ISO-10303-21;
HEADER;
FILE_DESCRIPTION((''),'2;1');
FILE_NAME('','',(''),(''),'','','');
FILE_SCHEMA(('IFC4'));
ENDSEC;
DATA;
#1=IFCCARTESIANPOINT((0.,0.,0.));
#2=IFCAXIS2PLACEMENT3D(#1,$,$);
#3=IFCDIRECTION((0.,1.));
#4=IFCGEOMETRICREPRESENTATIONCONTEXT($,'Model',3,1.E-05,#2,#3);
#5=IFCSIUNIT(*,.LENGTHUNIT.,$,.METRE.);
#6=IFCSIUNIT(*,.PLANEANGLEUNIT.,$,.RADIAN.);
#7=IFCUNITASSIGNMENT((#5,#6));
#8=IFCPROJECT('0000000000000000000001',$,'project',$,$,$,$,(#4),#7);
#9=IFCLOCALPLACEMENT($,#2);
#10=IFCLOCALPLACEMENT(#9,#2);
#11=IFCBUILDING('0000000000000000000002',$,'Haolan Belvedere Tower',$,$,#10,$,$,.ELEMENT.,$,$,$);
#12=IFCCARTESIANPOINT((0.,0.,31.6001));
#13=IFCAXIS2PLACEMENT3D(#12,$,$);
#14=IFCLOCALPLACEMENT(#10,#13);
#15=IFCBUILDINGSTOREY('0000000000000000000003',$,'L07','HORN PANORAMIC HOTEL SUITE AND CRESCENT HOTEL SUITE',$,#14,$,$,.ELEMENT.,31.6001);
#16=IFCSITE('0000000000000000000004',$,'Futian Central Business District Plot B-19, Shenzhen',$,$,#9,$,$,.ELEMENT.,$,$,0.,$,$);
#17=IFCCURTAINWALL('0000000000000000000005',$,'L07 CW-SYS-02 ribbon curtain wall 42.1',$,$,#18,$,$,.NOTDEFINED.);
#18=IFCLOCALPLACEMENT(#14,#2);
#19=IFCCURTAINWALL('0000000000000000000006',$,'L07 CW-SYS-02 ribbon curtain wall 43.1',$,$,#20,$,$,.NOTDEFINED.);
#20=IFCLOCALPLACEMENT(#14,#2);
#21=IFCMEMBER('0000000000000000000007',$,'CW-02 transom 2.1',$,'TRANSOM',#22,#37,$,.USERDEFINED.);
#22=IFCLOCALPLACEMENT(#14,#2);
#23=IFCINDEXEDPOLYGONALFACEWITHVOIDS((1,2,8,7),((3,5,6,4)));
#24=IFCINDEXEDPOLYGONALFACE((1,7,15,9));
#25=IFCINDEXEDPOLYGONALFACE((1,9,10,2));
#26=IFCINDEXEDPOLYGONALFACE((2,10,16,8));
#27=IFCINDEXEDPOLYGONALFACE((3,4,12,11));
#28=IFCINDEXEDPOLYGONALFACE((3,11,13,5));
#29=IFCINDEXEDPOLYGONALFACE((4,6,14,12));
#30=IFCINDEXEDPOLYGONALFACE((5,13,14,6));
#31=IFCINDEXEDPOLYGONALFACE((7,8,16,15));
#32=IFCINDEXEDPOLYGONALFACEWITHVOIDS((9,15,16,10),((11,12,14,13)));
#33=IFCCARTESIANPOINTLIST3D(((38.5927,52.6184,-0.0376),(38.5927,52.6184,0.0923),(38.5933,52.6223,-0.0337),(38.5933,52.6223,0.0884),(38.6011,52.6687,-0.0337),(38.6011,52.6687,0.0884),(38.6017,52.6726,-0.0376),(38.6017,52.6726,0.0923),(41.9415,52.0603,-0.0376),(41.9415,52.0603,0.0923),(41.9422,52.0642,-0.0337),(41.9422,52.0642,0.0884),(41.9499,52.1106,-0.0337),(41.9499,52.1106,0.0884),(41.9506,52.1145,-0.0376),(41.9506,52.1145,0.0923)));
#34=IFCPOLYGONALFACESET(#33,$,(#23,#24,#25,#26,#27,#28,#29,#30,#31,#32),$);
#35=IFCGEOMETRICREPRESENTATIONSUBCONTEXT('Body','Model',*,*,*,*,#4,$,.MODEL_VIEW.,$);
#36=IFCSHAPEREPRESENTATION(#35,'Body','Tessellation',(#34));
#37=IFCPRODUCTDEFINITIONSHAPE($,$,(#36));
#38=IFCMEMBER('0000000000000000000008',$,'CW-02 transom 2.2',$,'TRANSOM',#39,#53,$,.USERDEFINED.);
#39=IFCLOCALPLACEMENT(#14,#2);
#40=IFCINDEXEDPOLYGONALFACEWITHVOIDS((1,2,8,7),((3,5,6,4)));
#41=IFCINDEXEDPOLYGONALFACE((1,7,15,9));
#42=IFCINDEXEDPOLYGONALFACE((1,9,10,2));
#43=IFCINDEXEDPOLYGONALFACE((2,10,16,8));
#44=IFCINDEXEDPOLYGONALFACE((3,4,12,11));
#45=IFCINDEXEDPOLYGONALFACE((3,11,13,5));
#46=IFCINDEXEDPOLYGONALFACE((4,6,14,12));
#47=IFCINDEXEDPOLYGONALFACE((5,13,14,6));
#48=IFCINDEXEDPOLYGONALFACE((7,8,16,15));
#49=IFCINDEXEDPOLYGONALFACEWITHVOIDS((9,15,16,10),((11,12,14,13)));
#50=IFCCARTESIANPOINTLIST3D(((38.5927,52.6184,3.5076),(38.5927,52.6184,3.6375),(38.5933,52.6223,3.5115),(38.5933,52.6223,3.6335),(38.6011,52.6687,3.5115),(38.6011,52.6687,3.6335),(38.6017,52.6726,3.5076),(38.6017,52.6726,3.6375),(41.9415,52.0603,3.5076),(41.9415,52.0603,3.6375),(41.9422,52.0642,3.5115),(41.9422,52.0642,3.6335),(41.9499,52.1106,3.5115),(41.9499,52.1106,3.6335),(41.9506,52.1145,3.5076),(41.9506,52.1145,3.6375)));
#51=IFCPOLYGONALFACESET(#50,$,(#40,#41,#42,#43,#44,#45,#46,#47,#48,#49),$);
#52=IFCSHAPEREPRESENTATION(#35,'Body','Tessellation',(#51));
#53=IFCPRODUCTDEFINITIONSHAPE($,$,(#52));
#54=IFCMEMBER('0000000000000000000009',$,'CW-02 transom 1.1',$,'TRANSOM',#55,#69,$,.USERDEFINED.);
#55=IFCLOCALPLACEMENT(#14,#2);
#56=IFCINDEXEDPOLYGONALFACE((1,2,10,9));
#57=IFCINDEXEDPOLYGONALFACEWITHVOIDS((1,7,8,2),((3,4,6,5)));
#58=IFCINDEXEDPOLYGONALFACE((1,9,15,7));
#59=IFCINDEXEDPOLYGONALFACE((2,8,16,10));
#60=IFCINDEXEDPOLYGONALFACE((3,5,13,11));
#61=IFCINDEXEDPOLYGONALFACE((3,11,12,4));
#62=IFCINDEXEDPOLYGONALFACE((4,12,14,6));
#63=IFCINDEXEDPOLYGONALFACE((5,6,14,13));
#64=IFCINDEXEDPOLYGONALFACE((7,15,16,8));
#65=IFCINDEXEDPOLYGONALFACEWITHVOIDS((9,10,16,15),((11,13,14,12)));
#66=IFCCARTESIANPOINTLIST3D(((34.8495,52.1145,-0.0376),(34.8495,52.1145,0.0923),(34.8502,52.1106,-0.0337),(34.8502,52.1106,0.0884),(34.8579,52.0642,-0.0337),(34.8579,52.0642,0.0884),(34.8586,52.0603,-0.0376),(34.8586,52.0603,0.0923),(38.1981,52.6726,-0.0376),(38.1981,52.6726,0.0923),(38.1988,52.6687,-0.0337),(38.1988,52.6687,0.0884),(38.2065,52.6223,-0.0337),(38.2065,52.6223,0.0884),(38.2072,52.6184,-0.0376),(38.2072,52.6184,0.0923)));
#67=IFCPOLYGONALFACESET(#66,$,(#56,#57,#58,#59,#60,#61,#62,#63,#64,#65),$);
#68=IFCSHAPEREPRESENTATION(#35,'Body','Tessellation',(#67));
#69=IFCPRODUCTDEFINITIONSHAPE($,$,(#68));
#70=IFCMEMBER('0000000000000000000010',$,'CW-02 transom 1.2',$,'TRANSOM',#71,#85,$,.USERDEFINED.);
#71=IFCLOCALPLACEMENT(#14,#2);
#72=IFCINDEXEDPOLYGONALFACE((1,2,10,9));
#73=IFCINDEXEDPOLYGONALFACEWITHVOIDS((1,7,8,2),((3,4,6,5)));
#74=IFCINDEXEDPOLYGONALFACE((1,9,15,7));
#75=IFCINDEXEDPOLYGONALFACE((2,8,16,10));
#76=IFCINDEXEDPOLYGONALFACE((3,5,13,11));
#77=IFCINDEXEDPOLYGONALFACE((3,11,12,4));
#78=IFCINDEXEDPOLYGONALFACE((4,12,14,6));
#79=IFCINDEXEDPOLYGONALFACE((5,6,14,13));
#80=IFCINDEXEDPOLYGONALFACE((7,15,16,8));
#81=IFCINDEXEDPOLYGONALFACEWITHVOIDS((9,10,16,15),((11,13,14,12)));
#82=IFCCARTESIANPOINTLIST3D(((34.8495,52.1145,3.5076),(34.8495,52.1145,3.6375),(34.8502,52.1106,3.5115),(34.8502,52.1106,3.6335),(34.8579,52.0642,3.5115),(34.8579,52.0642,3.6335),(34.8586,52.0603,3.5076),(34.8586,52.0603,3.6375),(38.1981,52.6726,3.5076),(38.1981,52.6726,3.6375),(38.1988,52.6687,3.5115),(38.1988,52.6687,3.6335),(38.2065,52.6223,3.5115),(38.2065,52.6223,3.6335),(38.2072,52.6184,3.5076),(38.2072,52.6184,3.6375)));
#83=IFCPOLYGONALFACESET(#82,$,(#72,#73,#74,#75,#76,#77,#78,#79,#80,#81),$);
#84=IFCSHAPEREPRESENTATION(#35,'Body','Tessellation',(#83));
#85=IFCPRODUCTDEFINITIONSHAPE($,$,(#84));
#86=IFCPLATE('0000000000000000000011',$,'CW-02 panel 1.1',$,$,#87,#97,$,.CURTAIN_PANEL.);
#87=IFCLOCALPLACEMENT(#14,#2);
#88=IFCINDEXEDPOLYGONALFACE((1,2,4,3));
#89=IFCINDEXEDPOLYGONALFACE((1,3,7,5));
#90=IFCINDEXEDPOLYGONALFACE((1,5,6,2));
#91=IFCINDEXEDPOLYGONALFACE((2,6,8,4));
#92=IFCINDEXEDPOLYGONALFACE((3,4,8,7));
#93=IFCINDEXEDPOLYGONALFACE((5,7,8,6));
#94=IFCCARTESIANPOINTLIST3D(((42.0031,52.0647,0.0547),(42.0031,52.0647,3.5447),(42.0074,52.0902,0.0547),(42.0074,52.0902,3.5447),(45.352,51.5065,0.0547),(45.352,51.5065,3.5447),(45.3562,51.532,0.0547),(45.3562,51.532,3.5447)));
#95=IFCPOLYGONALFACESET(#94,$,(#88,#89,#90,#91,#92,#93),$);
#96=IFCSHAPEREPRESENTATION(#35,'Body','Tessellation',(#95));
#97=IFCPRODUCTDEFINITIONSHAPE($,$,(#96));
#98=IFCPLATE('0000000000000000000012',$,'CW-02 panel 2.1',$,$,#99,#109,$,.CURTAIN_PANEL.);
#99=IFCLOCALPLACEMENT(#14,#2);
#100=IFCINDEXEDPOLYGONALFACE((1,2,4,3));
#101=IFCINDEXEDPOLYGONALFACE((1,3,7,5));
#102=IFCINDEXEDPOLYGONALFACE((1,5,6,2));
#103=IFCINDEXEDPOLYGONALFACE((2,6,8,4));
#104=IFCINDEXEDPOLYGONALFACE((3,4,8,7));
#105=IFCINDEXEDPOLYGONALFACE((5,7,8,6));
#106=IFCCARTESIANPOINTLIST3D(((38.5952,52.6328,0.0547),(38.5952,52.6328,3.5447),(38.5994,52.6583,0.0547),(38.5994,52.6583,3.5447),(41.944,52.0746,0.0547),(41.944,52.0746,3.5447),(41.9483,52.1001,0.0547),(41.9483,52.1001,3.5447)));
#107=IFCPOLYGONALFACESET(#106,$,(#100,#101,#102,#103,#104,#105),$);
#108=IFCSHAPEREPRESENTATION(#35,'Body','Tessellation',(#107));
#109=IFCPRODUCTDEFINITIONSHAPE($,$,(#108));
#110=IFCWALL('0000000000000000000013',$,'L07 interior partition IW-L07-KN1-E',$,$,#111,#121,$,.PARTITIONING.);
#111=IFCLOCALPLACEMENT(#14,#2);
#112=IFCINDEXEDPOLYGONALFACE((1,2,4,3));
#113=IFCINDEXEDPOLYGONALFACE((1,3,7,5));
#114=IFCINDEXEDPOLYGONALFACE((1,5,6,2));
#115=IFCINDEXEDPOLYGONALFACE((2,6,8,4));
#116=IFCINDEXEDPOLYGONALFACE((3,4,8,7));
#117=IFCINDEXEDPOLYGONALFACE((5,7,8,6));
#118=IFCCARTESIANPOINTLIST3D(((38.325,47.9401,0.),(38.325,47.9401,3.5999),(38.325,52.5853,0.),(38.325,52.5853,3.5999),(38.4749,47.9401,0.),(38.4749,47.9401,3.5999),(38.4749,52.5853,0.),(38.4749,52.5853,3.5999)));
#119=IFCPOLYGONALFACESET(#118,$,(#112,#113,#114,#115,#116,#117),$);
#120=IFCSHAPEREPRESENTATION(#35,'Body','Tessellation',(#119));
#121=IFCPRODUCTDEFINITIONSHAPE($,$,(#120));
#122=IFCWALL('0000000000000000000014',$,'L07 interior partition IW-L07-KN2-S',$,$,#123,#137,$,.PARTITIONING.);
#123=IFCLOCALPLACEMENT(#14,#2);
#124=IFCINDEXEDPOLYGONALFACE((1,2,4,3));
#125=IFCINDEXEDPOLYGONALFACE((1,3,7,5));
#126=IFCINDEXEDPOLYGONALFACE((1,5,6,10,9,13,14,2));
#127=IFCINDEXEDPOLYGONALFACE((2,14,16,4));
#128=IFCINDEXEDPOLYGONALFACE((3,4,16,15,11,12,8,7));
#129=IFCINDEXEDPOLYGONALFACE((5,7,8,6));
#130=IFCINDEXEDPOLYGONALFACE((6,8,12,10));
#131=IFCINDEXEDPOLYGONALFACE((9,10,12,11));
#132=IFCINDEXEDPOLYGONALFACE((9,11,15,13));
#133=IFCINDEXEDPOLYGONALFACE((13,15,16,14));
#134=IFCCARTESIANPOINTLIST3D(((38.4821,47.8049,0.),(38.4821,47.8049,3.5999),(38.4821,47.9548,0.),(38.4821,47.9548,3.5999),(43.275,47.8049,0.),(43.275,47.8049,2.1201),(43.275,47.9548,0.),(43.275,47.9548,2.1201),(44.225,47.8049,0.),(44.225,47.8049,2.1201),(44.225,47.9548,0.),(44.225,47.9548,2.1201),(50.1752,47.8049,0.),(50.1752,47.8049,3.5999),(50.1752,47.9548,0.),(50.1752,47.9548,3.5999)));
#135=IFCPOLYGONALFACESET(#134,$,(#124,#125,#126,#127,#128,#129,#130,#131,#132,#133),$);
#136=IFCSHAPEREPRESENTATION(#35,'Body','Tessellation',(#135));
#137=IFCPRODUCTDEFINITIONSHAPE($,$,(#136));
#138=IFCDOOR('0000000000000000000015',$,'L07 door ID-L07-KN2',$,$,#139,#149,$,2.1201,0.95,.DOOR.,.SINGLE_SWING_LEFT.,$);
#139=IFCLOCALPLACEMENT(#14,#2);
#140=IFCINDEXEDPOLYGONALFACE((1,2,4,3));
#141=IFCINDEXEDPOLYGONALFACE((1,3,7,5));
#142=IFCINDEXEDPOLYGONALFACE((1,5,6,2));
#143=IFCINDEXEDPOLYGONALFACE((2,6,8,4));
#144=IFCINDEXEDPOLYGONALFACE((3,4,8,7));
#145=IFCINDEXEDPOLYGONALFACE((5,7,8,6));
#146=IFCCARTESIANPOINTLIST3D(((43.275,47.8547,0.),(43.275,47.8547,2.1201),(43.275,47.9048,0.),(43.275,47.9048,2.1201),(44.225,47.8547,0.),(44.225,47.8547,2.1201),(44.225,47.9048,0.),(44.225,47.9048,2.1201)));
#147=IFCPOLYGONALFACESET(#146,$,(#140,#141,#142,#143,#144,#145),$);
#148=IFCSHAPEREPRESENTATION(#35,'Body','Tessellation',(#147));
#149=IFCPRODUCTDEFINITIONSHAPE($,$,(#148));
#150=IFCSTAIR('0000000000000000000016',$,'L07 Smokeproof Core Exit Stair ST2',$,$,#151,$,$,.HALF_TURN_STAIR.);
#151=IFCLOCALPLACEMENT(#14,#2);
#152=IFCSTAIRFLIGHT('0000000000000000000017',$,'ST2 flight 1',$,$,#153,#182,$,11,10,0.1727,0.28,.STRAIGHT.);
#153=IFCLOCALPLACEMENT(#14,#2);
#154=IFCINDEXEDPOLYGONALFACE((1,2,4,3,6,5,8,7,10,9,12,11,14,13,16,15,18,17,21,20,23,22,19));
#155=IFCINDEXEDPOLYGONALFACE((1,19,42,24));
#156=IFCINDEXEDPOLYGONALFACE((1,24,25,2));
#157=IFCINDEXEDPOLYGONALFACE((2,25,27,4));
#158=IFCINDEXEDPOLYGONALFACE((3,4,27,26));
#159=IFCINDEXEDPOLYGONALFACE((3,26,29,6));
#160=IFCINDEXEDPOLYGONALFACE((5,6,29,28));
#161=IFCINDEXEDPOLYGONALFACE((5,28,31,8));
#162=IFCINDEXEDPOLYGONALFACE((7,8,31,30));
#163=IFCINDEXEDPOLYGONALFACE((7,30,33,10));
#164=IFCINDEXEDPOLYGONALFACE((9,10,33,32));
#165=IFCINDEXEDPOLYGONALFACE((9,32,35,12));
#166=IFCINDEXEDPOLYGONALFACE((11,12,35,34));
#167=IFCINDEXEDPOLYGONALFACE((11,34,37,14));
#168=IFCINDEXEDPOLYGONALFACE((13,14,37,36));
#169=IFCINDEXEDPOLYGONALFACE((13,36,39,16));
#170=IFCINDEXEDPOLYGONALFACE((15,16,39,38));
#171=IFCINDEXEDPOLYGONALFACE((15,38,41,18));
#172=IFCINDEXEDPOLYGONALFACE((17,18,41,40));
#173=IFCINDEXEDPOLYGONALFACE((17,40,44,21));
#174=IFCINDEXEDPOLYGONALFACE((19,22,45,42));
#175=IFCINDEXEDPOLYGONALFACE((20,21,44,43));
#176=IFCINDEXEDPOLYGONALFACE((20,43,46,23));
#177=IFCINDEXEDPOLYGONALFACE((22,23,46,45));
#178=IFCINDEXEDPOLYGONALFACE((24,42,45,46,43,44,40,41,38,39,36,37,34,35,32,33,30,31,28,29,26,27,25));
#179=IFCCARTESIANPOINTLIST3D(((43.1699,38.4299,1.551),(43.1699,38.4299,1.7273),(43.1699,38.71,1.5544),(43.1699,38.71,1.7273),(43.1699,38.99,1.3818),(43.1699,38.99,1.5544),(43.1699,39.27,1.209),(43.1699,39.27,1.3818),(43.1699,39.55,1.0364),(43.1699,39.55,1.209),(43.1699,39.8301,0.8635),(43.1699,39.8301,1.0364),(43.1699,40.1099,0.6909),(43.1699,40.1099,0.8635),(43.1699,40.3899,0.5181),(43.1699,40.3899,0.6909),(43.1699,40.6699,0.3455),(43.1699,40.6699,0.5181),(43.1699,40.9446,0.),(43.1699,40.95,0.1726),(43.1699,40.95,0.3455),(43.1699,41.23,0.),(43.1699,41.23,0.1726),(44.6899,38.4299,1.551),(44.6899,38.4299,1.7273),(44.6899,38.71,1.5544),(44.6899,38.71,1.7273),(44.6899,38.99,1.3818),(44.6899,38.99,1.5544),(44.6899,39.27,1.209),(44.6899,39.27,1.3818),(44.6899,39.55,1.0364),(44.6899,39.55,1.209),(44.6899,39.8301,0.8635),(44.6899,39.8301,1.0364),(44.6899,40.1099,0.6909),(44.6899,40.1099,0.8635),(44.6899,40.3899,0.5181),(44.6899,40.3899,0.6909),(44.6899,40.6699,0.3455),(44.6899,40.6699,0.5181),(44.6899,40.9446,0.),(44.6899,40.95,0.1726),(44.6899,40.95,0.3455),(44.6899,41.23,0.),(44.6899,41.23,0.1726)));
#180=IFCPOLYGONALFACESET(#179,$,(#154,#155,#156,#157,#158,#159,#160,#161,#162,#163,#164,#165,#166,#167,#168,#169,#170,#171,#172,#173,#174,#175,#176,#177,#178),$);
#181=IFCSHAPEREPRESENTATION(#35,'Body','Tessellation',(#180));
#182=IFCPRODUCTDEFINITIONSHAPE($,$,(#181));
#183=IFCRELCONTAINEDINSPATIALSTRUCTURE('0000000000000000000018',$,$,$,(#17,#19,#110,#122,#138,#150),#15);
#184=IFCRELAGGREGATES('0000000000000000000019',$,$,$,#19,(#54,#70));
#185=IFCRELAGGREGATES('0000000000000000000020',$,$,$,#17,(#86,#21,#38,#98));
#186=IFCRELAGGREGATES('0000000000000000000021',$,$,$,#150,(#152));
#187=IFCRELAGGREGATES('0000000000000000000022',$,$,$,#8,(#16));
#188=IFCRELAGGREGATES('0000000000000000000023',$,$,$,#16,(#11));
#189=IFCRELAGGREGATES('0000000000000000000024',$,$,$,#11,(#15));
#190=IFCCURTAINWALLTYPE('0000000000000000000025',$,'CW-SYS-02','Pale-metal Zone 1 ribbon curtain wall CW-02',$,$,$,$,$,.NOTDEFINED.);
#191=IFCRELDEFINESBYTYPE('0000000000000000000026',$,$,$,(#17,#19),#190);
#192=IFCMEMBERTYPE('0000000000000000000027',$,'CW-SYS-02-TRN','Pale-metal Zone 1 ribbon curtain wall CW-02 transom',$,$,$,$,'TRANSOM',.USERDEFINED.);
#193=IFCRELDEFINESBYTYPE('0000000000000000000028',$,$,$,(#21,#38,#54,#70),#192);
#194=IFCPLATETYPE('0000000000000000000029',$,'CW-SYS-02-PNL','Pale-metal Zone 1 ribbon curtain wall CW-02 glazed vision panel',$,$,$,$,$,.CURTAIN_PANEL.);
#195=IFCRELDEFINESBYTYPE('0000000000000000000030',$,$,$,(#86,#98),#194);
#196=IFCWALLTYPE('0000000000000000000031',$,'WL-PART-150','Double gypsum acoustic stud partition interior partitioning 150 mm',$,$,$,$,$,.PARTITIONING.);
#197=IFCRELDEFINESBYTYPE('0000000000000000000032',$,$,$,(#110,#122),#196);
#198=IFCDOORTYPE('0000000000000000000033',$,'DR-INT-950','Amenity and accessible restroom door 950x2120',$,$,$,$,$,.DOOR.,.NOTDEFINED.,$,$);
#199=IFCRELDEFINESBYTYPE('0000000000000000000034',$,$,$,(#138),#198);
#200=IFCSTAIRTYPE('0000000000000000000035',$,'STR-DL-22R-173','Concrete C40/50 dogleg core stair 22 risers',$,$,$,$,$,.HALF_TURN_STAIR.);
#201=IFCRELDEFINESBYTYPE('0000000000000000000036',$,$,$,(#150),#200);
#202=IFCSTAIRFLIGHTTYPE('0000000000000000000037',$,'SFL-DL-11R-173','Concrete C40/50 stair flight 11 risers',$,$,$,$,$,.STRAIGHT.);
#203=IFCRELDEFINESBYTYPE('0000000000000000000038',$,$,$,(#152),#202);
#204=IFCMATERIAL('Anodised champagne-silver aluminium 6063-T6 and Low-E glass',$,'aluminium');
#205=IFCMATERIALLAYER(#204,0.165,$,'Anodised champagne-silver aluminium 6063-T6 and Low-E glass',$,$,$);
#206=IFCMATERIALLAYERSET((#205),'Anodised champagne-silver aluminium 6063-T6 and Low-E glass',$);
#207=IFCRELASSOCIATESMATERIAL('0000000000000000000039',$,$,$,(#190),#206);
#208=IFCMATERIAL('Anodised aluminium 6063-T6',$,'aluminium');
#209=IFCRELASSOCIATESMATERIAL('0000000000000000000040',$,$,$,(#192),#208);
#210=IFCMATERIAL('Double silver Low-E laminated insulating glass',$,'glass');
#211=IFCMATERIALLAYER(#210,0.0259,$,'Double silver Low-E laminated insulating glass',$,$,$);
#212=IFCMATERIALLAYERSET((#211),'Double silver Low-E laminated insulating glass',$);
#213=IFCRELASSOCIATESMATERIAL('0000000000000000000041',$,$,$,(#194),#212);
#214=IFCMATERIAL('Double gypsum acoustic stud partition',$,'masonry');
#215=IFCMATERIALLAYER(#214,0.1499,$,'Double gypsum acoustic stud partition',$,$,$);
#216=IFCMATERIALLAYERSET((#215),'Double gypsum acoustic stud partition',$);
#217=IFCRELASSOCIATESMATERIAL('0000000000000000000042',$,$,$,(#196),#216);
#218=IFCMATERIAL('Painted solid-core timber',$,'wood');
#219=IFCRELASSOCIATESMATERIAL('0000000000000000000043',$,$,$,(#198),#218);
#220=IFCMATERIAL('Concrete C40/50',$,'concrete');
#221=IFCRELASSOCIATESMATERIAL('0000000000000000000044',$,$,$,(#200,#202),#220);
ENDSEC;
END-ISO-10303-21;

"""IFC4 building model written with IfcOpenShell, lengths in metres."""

from ifc_helpers import new_model, si_unit, direction, frame, frame_2d, origin, origin_2d, place, context, subcontext, project, spatial, polyline, rectangle, hollow_rectangle, outline, extrude, material, layer, layer_set, material_profile, profile_set, type_object, element, fill, aggregate, save


model = new_model("IFC4")

# Units and contexts
model_context = context("Model", 3, precision=1e-05, world=origin(), true_north=direction((0.0, 1.0)))
body_context = subcontext(model_context, "Body", "Model", "MODEL_VIEW")
ifc_project = project(units=[si_unit("LENGTHUNIT", "METRE"), si_unit("PLANEANGLEUNIT", "RADIAN")], contexts=[model_context])

# Site, building, storey
site_placement = place(None, origin())
site = spatial("IfcSite", under=ifc_project, at=site_placement, Name="Futian Central Business District Plot B-19, Shenzhen", CompositionType="ELEMENT", RefElevation=0.0)
building_placement = place(site_placement, origin())
building = spatial("IfcBuilding", under=site, at=building_placement, Name="Haolan Belvedere Tower", CompositionType="ELEMENT")
storey_placement = place(building_placement, frame((0.0, 0.0, 31.6001)))
storey = spatial("IfcBuildingStorey", under=building, at=storey_placement, Name="L07", Description="HORN PANORAMIC HOTEL SUITE AND CRESCENT HOTEL SUITE", CompositionType="ELEMENT", Elevation=31.6001)

# Curtain wall
ifc_material_1 = material(Name="Anodised champagne-silver aluminium 6063-T6 and Low-E glass", Category="aluminium")
ifc_layer_1 = layer(ifc_material_1, 0.165, Name="Anodised champagne-silver aluminium 6063-T6 and Low-E glass")
ifc_layer_set_1 = layer_set([ifc_layer_1], Name="Anodised champagne-silver aluminium 6063-T6 and Low-E glass")
curtain_wall_type = type_object("IfcCurtainWallType", Name="CW-SYS-02", Description="Pale-metal Zone 1 ribbon curtain wall CW-02", PredefinedType="NOTDEFINED", material=ifc_layer_set_1)
curtain_wall_1_placement = place(storey_placement, origin())
curtain_wall_1 = element("IfcCurtainWall", 1, at=curtain_wall_1_placement, inside=storey, type_object=curtain_wall_type, Name="L07 CW-SYS-02 ribbon curtain wall 42.1", PredefinedType="NOTDEFINED")
ifc_material_2 = material(Name="Anodised aluminium 6063-T6", Category="aluminium")

# Curtain wall
curtain_wall_2_placement = place(storey_placement, origin())
curtain_wall_2 = element("IfcCurtainWall", 2, at=curtain_wall_2_placement, inside=storey, type_object=curtain_wall_type, Name="L07 CW-SYS-02 ribbon curtain wall 43.1", PredefinedType="NOTDEFINED")

# Members
ifc_material_profile_1 = material_profile(ifc_material_2, hollow_rectangle(XDim=0.0549, YDim=0.1299, WallThickness=0.0039, at=origin_2d()), Name="Anodised aluminium 6063-T6")
ifc_profile_set_1 = profile_set([ifc_material_profile_1], Name="Anodised aluminium 6063-T6")
member_type_1 = type_object("IfcMemberType", Name="CW-SYS-02-TRN", Description="Pale-metal Zone 1 ribbon curtain wall CW-02 transom", ElementType="TRANSOM", PredefinedType="USERDEFINED", material=ifc_profile_set_1)
member_1_placement = place(storey_placement, frame((41.946, 52.0874, 0.0273), z_axis=(-0.986396, 0.164387, 0.0), x_axis=(-0.164387, -0.986396, 0.0)))
member_1 = element("IfcMember", 3, at=member_1_placement, type_object=member_type_1, Name="CW-02 transom 2.1", ObjectType="TRANSOM", PredefinedType="USERDEFINED", context=body_context, shape_type="SweptSolid", body=[
    extrude(hollow_rectangle(XDim=0.0549, YDim=0.1299, WallThickness=0.0039, at=origin_2d()), origin(), (0.0, 0.0, 1.0), 3.395),
])
member_2_placement = place(storey_placement, frame((41.946, 52.0874, 3.5725), z_axis=(-0.986396, 0.164387, 0.0), x_axis=(-0.164387, -0.986396, 0.0)))
member_2 = element("IfcMember", 4, at=member_2_placement, type_object=member_type_1, Name="CW-02 transom 2.2", ObjectType="TRANSOM", PredefinedType="USERDEFINED", context=body_context, shape_type="SweptSolid", body=[
    extrude(hollow_rectangle(XDim=0.0549, YDim=0.1299, WallThickness=0.0039, at=origin_2d()), origin(), (0.0, 0.0, 1.0), 3.395),
])
member_3_placement = place(storey_placement, frame((38.2026, 52.6455, 0.0273), z_axis=(-0.986394, -0.164399, 0.0), x_axis=(0.164399, -0.986394, 0.0)))
member_3 = element("IfcMember", 5, at=member_3_placement, type_object=member_type_1, Name="CW-02 transom 1.1", ObjectType="TRANSOM", PredefinedType="USERDEFINED", context=body_context, shape_type="SweptSolid", body=[
    extrude(hollow_rectangle(XDim=0.0549, YDim=0.1299, WallThickness=0.0039, at=origin_2d()), origin(), (0.0, 0.0, 1.0), 3.3948),
])
member_4_placement = place(storey_placement, frame((38.2026, 52.6455, 3.5725), z_axis=(-0.986394, -0.164399, 0.0), x_axis=(0.164399, -0.986394, 0.0)))
member_4 = element("IfcMember", 6, at=member_4_placement, type_object=member_type_1, Name="CW-02 transom 1.2", ObjectType="TRANSOM", PredefinedType="USERDEFINED", context=body_context, shape_type="SweptSolid", body=[
    extrude(hollow_rectangle(XDim=0.0549, YDim=0.1299, WallThickness=0.0039, at=origin_2d()), origin(), (0.0, 0.0, 1.0), 3.3948),
])
aggregate(curtain_wall_2, [member_3, member_4])

# Plates
ifc_material_3 = material(Name="Double silver Low-E laminated insulating glass", Category="glass")
ifc_layer_2 = layer(ifc_material_3, 0.0259, Name="Double silver Low-E laminated insulating glass")
ifc_layer_set_2 = layer_set([ifc_layer_2], Name="Double silver Low-E laminated insulating glass")
plate_type = type_object("IfcPlateType", Name="CW-SYS-02-PNL", Description="Pale-metal Zone 1 ribbon curtain wall CW-02 glazed vision panel", PredefinedType="CURTAIN_PANEL", material=ifc_layer_set_2)
plate_1_placement = place(storey_placement, frame((43.6797, 51.7983, 0.0547), z_axis=(0.0, 0.0, 1.0), x_axis=(-0.986393, 0.164404, 0.0)))
plate_1 = element("IfcPlate", 7, at=plate_1_placement, type_object=plate_type, Name="CW-02 panel 1.1", PredefinedType="CURTAIN_PANEL", context=body_context, shape_type="SweptSolid", body=[
    extrude(rectangle(XDim=3.395, YDim=0.0259, at=origin_2d()), origin(), (0.0, 0.0, 1.0), 3.49),
])
plate_2_placement = place(storey_placement, frame((40.2717, 52.3665, 0.0547), z_axis=(0.0, 0.0, 1.0), x_axis=(-0.986393, 0.164404, 0.0)))
plate_2 = element("IfcPlate", 8, at=plate_2_placement, type_object=plate_type, Name="CW-02 panel 2.1", PredefinedType="CURTAIN_PANEL", context=body_context, shape_type="SweptSolid", body=[
    extrude(rectangle(XDim=3.395, YDim=0.0259, at=origin_2d()), origin(), (0.0, 0.0, 1.0), 3.49),
])
aggregate(curtain_wall_1, [plate_1, member_1, member_2, plate_2])

# Shared definitions
ifc_material_4 = material(Name="Concrete C40/50", Category="concrete")

# Wall
ifc_material_5 = material(Name="Double gypsum acoustic stud partition", Category="masonry")
ifc_layer_3 = layer(ifc_material_5, 0.1499, Name="Double gypsum acoustic stud partition")
ifc_layer_set_3 = layer_set([ifc_layer_3], Name="Double gypsum acoustic stud partition")
wall_type_1 = type_object("IfcWallType", Name="WL-PART-150", Description="Double gypsum acoustic stud partition interior partitioning 150 mm", PredefinedType="PARTITIONING", material=ifc_layer_set_3)
wall_1_placement = place(storey_placement, frame((38.3999, 47.9399, 0.0), z_axis=(0.0, 0.0, 1.0), x_axis=(0.0, 1.0, 0.0)))
element("IfcWall", 9, at=wall_1_placement, inside=storey, type_object=wall_type_1, Name="L07 interior partition IW-L07-KN1-E", PredefinedType="PARTITIONING", context=body_context, shape_type="SweptSolid", body=[
    extrude(rectangle(XDim=4.6453, YDim=0.1499, at=frame_2d((2.3228, 0.0))), origin(), (0.0, 0.0, 1.0), 3.5999),
])

# Wall, opening, door
wall_2_placement = place(storey_placement, frame((38.4819, 47.8799, 0.0), z_axis=(0.0, 0.0, 1.0), x_axis=(1.0, 0.0, 0.0)))
wall_2 = element("IfcWall", 10, at=wall_2_placement, inside=storey, type_object=wall_type_1, Name="L07 interior partition IW-L07-KN2-S", PredefinedType="PARTITIONING", context=body_context, shape_type="SweptSolid", body=[
    extrude(rectangle(XDim=11.6931, YDim=0.1499, at=frame_2d((5.8467, 0.0))), origin(), (0.0, 0.0, 1.0), 3.5999),
])
opening_1_placement = place(wall_2_placement, frame((4.793, 0.0, 0.0)))
opening_1 = element("IfcOpeningElement", 11, at=opening_1_placement, cuts=wall_2, PredefinedType="OPENING", context=body_context, shape_type="SweptSolid", body=[
    extrude(rectangle(XDim=0.95, YDim=2.1201, at=frame_2d((0.4751, 1.0601))), frame((0.0, 0.085, 0.0), z_axis=(0.0, -1.0, 0.0), x_axis=(1.0, 0.0, 0.0)), (0.0, 0.0, 1.0), 0.1699),
])
ifc_material_6 = material(Name="Painted solid-core timber", Category="wood")
door_type_1 = type_object("IfcDoorType", Name="DR-INT-950", Description="Amenity and accessible restroom door 950x2120", OperationType="NOTDEFINED", PredefinedType="DOOR", material=ifc_material_6)
door_1_placement = place(opening_1_placement, origin())
door_1 = element("IfcDoor", 12, at=door_1_placement, inside=storey, type_object=door_type_1, Name="L07 door ID-L07-KN2", OperationType="SINGLE_SWING_LEFT", OverallHeight=2.1201, OverallWidth=0.95, PredefinedType="DOOR", context=body_context, shape_type="SweptSolid", body=[
    extrude(rectangle(XDim=0.95, YDim=2.1201, at=frame_2d((0.4751, 1.0601))), frame((0.0, 0.0249, 0.0), z_axis=(0.0, -1.0, 0.0), x_axis=(1.0, 0.0, 0.0)), (0.0, 0.0, 1.0), 0.05),
])
fill(opening_1, door_1)

# Stair, stair flight
stair_type = type_object("IfcStairType", Name="STR-DL-22R-173", Description="Concrete C40/50 dogleg core stair 22 risers", PredefinedType="HALF_TURN_STAIR", material=ifc_material_4)
stair_placement = place(storey_placement, origin())
stair = element("IfcStair", 13, at=stair_placement, inside=storey, type_object=stair_type, Name="L07 Smokeproof Core Exit Stair ST2", PredefinedType="HALF_TURN_STAIR")
stair_flight_type = type_object("IfcStairFlightType", Name="SFL-DL-11R-173", Description="Concrete C40/50 stair flight 11 risers", PredefinedType="STRAIGHT", material=ifc_material_4)
stair_flight_placement = place(storey_placement, frame((43.9299, 41.23, 0.0), z_axis=(0.0, 0.0, 1.0), x_axis=(0.0, -1.0, 0.0)))
stair_flight = element("IfcStairFlight", 14, at=stair_flight_placement, type_object=stair_flight_type, Name="ST2 flight 1", NumberOfRisers=11, NumberOfTreads=10, PredefinedType="STRAIGHT", RiserHeight=0.1727, TreadLength=0.28, context=body_context, shape_type="SweptSolid", body=[
    extrude(outline(polyline([(0.0, 0.0), (0.0, 0.1726), (0.28, 0.1726), (0.28, 0.3455), (0.5601, 0.3455), (0.5601, 0.5181), (0.8401, 0.5181), (0.8401, 0.6909), (1.1201, 0.6909), (1.1201, 0.8635), (1.3999, 0.8635), (1.3999, 1.0364), (1.6799, 1.0364), (1.6799, 1.209), (1.96, 1.209), (1.96, 1.3818), (2.24, 1.3818), (2.24, 1.5544), (2.52, 1.5544), (2.52, 1.7273), (2.8, 1.7273), (2.8, 1.8999), (2.8, 1.551), (0.2854, 0.0), (0.0, 0.0)])), frame((0.0, 0.76, 0.0), z_axis=(0.0, -1.0, 0.0), x_axis=(1.0, 0.0, 0.0)), (0.0, 0.0, 1.0), 1.52),
])
aggregate(stair, [stair_flight])

save(model, "model.ifc")
